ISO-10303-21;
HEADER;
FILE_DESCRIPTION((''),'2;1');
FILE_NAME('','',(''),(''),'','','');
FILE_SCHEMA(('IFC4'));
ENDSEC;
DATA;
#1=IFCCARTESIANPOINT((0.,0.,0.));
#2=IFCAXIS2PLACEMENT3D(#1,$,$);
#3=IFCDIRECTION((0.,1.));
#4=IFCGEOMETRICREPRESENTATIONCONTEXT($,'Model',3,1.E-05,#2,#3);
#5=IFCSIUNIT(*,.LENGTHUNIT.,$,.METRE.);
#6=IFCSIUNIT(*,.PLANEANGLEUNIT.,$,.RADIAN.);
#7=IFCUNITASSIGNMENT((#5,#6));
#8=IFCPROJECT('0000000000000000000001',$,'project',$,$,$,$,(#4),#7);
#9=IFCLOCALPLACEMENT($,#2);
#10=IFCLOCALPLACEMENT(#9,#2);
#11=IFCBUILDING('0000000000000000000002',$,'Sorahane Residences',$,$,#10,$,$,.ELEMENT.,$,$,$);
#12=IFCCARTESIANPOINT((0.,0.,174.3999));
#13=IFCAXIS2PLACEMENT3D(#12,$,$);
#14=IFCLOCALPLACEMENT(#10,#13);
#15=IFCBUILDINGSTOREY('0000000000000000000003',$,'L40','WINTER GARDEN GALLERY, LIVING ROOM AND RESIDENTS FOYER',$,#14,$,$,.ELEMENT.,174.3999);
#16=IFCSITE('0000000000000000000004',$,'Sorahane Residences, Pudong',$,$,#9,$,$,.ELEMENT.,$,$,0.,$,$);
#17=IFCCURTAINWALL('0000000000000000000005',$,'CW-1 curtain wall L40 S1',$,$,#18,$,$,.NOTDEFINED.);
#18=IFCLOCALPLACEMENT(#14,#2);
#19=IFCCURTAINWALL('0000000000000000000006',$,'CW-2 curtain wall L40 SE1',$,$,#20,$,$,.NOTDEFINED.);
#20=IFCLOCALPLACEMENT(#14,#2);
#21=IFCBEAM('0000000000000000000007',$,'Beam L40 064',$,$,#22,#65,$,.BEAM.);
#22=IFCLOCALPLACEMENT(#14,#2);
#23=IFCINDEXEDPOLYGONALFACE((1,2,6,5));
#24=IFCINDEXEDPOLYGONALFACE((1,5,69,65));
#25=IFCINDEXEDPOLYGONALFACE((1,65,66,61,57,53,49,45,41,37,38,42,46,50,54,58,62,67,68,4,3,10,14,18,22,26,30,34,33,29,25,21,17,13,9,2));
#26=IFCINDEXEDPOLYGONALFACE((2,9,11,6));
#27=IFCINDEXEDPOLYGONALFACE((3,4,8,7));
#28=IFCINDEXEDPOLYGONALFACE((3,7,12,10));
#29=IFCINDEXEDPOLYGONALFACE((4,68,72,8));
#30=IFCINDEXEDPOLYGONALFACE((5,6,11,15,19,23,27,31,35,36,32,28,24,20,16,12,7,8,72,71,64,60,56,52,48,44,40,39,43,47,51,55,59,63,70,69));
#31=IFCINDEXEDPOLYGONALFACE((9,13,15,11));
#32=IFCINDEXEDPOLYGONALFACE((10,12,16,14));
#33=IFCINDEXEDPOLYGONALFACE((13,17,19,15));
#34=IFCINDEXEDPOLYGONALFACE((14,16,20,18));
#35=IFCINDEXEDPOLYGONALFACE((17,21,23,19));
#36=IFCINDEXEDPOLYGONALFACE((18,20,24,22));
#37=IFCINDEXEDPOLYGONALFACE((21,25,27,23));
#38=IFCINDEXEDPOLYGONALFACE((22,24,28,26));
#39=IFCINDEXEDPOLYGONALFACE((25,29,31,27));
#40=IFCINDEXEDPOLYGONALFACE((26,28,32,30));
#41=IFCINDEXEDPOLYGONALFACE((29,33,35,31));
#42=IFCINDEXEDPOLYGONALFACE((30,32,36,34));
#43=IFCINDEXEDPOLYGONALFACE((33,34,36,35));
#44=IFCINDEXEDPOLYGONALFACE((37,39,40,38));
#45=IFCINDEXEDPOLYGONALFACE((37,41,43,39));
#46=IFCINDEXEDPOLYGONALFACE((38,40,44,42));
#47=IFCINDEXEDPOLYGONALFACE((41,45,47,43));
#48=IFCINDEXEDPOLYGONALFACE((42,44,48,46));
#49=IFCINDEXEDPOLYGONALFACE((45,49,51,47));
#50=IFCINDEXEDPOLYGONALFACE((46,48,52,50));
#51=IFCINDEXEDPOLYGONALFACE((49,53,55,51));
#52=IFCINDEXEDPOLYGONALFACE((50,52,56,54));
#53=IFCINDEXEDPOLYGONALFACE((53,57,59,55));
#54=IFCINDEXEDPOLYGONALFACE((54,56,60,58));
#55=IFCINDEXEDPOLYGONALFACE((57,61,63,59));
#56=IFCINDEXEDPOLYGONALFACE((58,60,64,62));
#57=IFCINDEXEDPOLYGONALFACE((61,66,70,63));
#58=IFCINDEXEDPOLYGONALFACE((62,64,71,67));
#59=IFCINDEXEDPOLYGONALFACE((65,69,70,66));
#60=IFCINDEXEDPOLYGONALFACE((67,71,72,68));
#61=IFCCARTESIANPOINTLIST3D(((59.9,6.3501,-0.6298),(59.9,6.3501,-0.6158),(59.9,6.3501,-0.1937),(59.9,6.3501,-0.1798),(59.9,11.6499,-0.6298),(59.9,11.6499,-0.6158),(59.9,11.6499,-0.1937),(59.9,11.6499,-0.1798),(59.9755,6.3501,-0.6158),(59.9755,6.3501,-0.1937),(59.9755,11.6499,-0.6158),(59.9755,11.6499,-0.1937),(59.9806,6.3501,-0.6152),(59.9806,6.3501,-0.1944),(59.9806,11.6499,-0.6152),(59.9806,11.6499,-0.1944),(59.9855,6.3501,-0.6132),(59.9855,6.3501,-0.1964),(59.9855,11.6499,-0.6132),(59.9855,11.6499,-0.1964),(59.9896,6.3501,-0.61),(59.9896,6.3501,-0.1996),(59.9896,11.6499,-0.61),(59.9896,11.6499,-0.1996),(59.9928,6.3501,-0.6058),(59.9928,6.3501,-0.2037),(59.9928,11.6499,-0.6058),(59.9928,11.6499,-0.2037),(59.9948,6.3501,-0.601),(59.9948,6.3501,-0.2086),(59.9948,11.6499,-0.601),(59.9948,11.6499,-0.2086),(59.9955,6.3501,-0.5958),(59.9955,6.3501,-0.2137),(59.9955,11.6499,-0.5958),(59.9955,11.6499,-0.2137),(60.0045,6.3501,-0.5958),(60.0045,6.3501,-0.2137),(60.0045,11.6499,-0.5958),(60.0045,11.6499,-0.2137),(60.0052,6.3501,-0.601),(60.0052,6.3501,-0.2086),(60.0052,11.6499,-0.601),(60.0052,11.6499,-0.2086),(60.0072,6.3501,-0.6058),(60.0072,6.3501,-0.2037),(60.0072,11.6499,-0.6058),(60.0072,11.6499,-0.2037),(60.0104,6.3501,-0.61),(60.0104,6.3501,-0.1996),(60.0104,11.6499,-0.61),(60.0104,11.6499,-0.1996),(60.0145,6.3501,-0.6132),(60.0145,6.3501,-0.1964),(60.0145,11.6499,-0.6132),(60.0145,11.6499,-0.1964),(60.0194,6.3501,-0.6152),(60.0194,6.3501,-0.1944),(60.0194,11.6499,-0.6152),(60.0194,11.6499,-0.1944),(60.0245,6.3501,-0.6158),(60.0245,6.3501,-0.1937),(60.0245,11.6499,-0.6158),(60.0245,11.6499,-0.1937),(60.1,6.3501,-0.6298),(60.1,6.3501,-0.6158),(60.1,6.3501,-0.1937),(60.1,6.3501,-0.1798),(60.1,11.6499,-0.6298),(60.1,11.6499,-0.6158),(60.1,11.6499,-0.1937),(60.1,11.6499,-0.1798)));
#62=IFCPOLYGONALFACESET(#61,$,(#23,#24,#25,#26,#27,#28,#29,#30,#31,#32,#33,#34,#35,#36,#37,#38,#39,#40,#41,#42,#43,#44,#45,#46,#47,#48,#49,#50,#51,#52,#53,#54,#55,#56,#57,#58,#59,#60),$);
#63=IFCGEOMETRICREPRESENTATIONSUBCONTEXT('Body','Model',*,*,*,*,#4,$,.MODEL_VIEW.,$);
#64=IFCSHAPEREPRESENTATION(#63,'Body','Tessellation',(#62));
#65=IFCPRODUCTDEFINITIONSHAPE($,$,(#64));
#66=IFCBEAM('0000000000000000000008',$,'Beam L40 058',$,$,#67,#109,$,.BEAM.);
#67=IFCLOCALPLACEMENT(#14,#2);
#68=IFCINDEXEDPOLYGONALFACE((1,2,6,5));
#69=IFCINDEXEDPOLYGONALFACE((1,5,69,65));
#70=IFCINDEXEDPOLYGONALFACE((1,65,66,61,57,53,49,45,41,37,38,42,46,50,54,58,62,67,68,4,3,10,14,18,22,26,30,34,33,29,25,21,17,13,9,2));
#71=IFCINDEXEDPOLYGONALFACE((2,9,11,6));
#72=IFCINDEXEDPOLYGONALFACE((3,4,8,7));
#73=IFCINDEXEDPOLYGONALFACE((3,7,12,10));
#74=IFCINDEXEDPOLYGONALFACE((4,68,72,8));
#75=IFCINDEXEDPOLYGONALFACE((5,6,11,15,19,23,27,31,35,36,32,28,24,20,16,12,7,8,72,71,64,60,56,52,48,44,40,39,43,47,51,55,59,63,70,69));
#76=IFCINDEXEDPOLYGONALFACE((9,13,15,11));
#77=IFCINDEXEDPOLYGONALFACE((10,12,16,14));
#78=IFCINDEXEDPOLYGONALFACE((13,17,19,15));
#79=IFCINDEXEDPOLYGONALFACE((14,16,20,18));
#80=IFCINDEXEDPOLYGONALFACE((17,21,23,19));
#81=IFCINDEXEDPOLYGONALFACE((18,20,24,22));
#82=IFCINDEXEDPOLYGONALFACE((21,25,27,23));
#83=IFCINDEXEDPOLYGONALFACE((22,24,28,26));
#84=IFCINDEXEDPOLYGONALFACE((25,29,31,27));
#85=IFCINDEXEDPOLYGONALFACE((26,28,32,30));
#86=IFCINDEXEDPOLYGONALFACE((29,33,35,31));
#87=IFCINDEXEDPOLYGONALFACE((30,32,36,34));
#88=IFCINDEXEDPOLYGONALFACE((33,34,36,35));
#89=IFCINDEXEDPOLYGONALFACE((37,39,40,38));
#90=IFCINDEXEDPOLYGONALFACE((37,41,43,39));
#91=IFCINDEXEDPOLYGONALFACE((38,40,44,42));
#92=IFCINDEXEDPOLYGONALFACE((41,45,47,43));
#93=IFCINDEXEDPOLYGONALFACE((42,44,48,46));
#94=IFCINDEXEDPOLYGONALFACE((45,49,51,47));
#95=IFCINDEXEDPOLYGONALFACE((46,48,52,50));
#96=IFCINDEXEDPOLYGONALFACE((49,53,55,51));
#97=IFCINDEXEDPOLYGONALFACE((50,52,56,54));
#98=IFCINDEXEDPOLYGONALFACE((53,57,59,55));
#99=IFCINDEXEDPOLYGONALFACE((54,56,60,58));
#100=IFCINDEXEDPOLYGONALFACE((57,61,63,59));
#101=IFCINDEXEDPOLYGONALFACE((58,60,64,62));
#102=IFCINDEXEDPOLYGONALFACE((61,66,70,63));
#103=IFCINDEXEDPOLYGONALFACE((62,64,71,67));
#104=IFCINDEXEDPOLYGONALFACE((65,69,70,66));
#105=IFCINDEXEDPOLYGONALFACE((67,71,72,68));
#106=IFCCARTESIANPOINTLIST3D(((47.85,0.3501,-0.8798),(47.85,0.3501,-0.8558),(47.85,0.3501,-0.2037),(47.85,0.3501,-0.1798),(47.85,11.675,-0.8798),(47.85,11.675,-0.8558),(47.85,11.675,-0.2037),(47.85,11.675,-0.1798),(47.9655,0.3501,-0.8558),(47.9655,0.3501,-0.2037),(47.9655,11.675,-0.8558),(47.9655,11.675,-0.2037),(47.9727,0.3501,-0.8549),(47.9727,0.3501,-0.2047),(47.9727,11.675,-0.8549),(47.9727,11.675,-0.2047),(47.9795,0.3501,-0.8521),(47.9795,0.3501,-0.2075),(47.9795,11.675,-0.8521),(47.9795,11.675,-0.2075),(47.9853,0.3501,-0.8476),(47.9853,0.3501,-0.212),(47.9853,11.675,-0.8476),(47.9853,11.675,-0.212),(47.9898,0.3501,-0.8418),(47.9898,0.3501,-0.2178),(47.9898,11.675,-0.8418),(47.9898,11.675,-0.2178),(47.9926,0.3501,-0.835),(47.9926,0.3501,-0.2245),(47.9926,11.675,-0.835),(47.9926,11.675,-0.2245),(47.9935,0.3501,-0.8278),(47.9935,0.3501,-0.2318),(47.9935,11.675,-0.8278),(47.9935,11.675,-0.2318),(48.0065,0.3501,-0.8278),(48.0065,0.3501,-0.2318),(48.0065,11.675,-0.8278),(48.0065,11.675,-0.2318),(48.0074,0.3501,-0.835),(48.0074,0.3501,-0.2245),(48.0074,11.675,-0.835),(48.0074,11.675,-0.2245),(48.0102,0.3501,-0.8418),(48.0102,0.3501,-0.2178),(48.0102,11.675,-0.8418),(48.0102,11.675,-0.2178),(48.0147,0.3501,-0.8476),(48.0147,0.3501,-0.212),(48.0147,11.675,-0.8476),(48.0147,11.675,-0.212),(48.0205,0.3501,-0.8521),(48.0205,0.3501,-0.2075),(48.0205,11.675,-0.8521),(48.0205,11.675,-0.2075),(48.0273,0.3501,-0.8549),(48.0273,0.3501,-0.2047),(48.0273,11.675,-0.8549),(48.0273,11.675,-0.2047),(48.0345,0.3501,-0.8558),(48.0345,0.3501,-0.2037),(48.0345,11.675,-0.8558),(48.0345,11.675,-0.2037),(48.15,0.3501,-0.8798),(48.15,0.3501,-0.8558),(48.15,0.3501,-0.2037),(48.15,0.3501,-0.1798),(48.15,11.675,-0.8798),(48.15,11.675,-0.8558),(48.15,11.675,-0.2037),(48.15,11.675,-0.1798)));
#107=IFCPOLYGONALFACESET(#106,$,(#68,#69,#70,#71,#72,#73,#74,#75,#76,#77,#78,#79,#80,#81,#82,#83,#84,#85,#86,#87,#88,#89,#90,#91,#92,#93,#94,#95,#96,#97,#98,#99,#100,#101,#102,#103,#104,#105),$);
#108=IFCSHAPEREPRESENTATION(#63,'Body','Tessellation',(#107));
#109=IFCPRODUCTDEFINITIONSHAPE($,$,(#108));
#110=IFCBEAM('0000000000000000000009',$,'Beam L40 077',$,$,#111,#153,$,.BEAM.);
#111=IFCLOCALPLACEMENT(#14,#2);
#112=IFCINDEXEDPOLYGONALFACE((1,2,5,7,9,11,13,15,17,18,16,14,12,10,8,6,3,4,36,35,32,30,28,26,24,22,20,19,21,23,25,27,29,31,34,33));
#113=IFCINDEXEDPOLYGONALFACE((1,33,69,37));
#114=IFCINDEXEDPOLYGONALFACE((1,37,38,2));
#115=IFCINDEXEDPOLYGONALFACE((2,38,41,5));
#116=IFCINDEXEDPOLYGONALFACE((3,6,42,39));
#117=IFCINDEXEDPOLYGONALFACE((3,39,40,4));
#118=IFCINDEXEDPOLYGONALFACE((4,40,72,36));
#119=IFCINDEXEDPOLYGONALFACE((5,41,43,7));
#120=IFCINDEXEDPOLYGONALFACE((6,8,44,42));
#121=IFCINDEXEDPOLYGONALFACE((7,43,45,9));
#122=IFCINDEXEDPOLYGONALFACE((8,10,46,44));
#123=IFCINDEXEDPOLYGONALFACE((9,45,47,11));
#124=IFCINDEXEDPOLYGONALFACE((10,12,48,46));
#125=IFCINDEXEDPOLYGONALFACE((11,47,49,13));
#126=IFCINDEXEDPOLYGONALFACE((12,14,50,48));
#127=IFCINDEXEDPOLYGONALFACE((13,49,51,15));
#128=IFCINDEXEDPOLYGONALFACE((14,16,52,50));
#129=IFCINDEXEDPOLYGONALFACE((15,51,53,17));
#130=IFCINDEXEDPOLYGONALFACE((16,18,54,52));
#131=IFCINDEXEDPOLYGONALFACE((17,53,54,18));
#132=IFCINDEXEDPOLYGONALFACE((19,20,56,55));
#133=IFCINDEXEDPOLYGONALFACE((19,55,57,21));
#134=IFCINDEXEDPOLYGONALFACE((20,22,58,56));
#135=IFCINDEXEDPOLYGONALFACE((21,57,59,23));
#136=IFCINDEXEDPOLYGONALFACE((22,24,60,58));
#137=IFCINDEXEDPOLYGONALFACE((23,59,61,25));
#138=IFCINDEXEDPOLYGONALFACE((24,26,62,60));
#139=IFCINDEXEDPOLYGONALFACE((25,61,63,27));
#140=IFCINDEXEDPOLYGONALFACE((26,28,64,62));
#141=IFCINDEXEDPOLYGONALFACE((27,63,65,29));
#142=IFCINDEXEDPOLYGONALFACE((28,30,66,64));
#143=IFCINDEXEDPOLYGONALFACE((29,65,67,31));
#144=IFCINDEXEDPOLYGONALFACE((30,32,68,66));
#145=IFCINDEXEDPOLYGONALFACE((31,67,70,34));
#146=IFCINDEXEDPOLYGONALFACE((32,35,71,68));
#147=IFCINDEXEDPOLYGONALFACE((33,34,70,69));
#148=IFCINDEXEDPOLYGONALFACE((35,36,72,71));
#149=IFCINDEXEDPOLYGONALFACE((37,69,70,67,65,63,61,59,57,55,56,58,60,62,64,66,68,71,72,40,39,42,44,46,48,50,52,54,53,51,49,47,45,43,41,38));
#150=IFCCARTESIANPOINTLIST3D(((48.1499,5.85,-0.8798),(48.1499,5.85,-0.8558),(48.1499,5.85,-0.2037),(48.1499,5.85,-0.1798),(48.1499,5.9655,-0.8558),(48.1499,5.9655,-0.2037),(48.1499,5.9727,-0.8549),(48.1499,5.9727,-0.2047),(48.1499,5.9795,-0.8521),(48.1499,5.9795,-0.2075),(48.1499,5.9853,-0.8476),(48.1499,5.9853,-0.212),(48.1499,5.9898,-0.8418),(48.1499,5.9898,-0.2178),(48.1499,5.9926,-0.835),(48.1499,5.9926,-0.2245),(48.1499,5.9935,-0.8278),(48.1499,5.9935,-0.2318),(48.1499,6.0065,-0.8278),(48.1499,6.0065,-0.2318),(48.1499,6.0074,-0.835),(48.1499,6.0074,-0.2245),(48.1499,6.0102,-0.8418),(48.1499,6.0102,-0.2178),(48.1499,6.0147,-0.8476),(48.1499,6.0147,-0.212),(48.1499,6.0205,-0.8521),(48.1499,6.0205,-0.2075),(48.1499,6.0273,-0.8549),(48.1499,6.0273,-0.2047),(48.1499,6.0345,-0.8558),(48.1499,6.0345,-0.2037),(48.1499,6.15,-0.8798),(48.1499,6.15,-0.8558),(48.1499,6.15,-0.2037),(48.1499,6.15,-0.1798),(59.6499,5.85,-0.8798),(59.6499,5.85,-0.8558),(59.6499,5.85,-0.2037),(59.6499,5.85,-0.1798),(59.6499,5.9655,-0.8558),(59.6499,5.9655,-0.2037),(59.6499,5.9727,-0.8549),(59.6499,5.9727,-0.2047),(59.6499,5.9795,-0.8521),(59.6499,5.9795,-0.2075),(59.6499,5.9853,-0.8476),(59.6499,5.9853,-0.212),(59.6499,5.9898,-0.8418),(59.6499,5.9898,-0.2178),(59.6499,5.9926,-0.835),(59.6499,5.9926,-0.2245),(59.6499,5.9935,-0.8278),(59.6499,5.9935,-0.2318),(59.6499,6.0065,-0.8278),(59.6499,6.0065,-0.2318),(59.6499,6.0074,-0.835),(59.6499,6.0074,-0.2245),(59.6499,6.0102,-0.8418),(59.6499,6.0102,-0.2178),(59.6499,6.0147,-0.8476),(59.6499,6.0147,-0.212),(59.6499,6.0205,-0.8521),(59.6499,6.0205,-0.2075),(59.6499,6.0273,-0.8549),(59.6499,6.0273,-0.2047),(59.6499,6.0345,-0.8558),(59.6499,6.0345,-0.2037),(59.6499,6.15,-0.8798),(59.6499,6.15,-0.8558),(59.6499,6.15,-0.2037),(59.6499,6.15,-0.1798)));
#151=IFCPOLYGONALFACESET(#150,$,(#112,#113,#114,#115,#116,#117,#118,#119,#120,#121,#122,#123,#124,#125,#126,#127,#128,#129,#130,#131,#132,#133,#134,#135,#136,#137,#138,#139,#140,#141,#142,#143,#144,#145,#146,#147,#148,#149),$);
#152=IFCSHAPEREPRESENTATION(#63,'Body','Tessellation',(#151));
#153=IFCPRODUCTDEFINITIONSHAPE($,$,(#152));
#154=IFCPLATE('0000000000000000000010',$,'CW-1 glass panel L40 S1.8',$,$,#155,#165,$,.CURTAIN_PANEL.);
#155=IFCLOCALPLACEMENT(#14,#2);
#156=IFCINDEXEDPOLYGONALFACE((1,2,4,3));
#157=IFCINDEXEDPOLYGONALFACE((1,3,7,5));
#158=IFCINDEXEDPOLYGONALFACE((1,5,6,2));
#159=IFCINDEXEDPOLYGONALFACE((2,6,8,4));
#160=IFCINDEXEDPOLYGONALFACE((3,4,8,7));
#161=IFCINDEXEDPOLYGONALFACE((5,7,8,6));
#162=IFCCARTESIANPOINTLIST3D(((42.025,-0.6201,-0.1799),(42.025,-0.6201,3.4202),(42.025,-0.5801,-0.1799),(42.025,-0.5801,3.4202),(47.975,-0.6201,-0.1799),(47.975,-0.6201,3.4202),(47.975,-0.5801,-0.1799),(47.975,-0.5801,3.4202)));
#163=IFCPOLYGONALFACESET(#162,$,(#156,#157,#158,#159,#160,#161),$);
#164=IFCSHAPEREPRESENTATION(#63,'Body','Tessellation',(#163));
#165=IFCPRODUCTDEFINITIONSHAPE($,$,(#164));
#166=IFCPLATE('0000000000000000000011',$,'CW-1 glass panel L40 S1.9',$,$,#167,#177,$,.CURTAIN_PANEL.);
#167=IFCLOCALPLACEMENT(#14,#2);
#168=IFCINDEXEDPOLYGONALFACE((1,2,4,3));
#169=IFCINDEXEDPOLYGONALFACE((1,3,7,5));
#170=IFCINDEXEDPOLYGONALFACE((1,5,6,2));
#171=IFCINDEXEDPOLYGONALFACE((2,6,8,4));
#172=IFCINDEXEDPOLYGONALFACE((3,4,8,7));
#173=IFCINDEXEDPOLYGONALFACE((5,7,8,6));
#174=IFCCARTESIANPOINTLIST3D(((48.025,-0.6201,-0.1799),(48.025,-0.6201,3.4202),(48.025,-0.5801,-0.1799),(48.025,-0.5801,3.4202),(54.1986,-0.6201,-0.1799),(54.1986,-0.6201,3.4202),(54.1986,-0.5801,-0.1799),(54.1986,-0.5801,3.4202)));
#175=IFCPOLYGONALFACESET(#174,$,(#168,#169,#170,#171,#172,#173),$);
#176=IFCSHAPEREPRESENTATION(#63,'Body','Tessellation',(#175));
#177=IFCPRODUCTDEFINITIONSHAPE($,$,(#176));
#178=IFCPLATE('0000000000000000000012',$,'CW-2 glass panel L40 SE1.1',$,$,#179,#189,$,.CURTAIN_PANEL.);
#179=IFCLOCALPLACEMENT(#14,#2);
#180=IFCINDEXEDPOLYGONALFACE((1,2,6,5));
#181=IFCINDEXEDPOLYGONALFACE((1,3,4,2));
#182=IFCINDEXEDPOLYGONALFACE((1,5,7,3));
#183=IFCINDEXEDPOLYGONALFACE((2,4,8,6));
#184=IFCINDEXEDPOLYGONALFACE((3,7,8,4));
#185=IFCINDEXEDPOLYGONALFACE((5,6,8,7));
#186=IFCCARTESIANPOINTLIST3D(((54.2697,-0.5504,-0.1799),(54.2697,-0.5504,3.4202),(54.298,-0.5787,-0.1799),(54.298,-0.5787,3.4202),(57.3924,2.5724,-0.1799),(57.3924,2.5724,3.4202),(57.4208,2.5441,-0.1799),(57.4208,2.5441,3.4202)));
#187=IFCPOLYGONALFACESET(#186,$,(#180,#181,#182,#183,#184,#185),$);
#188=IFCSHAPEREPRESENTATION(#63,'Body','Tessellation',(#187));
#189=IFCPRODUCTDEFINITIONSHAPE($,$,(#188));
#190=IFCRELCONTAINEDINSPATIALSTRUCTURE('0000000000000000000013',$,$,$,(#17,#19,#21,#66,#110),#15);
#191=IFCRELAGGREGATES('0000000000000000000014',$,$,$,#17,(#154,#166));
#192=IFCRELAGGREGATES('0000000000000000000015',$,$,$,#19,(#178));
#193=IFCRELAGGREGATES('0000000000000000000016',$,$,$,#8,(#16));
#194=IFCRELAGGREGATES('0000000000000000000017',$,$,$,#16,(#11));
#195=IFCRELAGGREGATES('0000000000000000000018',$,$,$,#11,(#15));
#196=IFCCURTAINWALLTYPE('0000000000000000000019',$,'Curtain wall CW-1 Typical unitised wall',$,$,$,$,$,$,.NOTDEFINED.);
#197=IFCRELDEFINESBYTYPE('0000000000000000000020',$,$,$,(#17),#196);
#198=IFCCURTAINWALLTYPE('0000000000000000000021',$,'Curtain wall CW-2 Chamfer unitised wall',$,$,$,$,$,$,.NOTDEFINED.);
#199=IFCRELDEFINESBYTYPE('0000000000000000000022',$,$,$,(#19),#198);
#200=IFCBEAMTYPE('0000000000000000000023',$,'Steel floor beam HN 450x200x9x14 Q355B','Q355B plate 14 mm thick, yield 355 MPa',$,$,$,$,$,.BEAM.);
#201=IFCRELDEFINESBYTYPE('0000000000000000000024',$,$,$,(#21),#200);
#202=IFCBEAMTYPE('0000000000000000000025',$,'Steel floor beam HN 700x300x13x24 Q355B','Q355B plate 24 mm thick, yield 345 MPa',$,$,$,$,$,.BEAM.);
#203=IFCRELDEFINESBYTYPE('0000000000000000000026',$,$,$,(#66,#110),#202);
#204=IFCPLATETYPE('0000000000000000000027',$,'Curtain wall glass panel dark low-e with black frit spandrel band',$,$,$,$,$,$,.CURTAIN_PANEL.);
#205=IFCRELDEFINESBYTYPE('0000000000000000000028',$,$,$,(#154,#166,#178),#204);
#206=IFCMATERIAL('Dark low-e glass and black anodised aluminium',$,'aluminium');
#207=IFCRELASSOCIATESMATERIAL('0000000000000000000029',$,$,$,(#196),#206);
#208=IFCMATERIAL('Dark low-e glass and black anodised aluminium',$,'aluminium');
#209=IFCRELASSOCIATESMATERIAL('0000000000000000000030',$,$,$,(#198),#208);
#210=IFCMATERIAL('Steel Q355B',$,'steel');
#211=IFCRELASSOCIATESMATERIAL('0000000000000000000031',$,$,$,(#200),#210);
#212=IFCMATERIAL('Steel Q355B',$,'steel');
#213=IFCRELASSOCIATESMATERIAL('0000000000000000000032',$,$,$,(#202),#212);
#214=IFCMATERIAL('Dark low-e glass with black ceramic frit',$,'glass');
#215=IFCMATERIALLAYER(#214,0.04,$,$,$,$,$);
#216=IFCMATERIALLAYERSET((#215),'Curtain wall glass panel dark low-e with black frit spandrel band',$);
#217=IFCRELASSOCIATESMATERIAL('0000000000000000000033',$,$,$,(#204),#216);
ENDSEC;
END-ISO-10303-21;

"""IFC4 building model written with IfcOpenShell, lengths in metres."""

from ifc_helpers import new_model, si_unit, direction, frame, origin, origin_2d, place, context, subcontext, project, spatial, rectangle, i_section, extrude, material, layer, layer_set, material_profile, profile_set, type_object, element, aggregate, save


model = new_model("IFC4")

# Units and contexts
model_context = context("Model", 3, precision=1e-05, world=origin(), true_north=direction((0.0, 1.0)))
body_context = subcontext(model_context, "Body", "Model", "MODEL_VIEW")
ifc_project = project(units=[si_unit("LENGTHUNIT", "METRE"), si_unit("PLANEANGLEUNIT", "RADIAN")], contexts=[model_context])

# Site, building, storey
site_placement = place(None, origin())
site = spatial("IfcSite", under=ifc_project, at=site_placement, Name="Sorahane Residences, Pudong", CompositionType="ELEMENT", RefElevation=0.0)
building_placement = place(site_placement, origin())
building = spatial("IfcBuilding", under=site, at=building_placement, Name="Sorahane Residences", CompositionType="ELEMENT")
storey_placement = place(building_placement, frame((0.0, 0.0, 174.3999)))
storey = spatial("IfcBuildingStorey", under=building, at=storey_placement, Name="L40", Description="WINTER GARDEN GALLERY, LIVING ROOM AND RESIDENTS FOYER", CompositionType="ELEMENT", Elevation=174.3999)

# Curtain walls
ifc_material_1 = material(Name="Dark low-e glass and black anodised aluminium", Category="aluminium")
curtain_wall_type_1 = type_object("IfcCurtainWallType", Name="Curtain wall CW-1 Typical unitised wall", PredefinedType="NOTDEFINED", material=ifc_material_1)
curtain_wall_1_placement = place(storey_placement, origin())
curtain_wall_1 = element("IfcCurtainWall", 1, at=curtain_wall_1_placement, inside=storey, type_object=curtain_wall_type_1, Name="CW-1 curtain wall L40 S1", PredefinedType="NOTDEFINED")
ifc_material_2 = material(Name="Dark low-e glass and black anodised aluminium", Category="aluminium")
curtain_wall_type_2 = type_object("IfcCurtainWallType", Name="Curtain wall CW-2 Chamfer unitised wall", PredefinedType="NOTDEFINED", material=ifc_material_2)
curtain_wall_2_placement = place(storey_placement, origin())
curtain_wall_2 = element("IfcCurtainWall", 2, at=curtain_wall_2_placement, inside=storey, type_object=curtain_wall_type_2, Name="CW-2 curtain wall L40 SE1", PredefinedType="NOTDEFINED")

# Beams
ifc_material_3 = material(Name="Steel Q355B", Category="steel")
ifc_material_profile_1 = material_profile(ifc_material_3, i_section(OverallWidth=0.2, OverallDepth=0.45, WebThickness=0.009, FlangeThickness=0.0139, FilletRadius=0.02, at=origin_2d()), Name="HN 450x200x9x14")
ifc_profile_set_1 = profile_set([ifc_material_profile_1], Name="Steel Q355B")
beam_type_1 = type_object("IfcBeamType", Name="Steel floor beam HN 450x200x9x14 Q355B", Description="Q355B plate 14 mm thick, yield 355 MPa", PredefinedType="BEAM", material=ifc_profile_set_1)
for number, where, z_axis, x_axis, name in (
    (3, (60.0, 6.3501, -0.4048), (0.0, 1.0, 0.0), (-1.0, 0.0, 0.0), "Beam L40 064"),
):
    element("IfcBeam", number, at=place(storey_placement, frame(where, z_axis=z_axis, x_axis=x_axis)), inside=storey, type_object=beam_type_1, Name=name, PredefinedType="BEAM", context=body_context, shape_type="SweptSolid", body=[
        extrude(i_section(OverallWidth=0.2, OverallDepth=0.45, WebThickness=0.009, FlangeThickness=0.0139, FilletRadius=0.02, at=origin_2d()), origin(), (0.0, 0.0, 1.0), 5.2998),
    ])
ifc_material_4 = material(Name="Steel Q355B", Category="steel")
ifc_material_profile_2 = material_profile(ifc_material_4, i_section(OverallWidth=0.3, OverallDepth=0.7, WebThickness=0.0129, FlangeThickness=0.0239, FilletRadius=0.0281, at=origin_2d()), Name="HN 700x300x13x24")
ifc_profile_set_2 = profile_set([ifc_material_profile_2], Name="Steel Q355B")
beam_type_2 = type_object("IfcBeamType", Name="Steel floor beam HN 700x300x13x24 Q355B", Description="Q355B plate 24 mm thick, yield 345 MPa", PredefinedType="BEAM", material=ifc_profile_set_2)
beam_1_placement = place(storey_placement, frame((48.0, 0.3501, -0.5298), z_axis=(0.0, 1.0, 0.0), x_axis=(-1.0, 0.0, 0.0)))
element("IfcBeam", 4, at=beam_1_placement, inside=storey, type_object=beam_type_2, Name="Beam L40 058", PredefinedType="BEAM", context=body_context, shape_type="SweptSolid", body=[
    extrude(i_section(OverallWidth=0.3, OverallDepth=0.7, WebThickness=0.0129, FlangeThickness=0.0239, FilletRadius=0.0281, at=origin_2d()), origin(), (0.0, 0.0, 1.0), 11.325),
])
beam_2_placement = place(storey_placement, frame((48.1499, 6.0, -0.5298), z_axis=(1.0, 0.0, 0.0), x_axis=(0.0, 1.0, 0.0)))
element("IfcBeam", 5, at=beam_2_placement, inside=storey, type_object=beam_type_2, Name="Beam L40 077", PredefinedType="BEAM", context=body_context, shape_type="SweptSolid", body=[
    extrude(i_section(OverallWidth=0.3, OverallDepth=0.7, WebThickness=0.0129, FlangeThickness=0.0239, FilletRadius=0.0281, at=origin_2d()), origin(), (0.0, 0.0, 1.0), 11.5),
])

# Plates
ifc_material_5 = material(Name="Dark low-e glass with black ceramic frit", Category="glass")
ifc_layer_1 = layer(ifc_material_5, 0.04)
ifc_layer_set_1 = layer_set([ifc_layer_1], Name="Curtain wall glass panel dark low-e with black frit spandrel band")
plate_type = type_object("IfcPlateType", Name="Curtain wall glass panel dark low-e with black frit spandrel band", PredefinedType="CURTAIN_PANEL", material=ifc_layer_set_1)
plate_1_placement = place(storey_placement, frame((45.0, -0.6001, -0.1799), z_axis=(0.0, 0.0, 1.0), x_axis=(1.0, 0.0, 0.0)))
plate_1 = element("IfcPlate", 6, at=plate_1_placement, type_object=plate_type, Name="CW-1 glass panel L40 S1.8", PredefinedType="CURTAIN_PANEL", context=body_context, shape_type="SweptSolid", body=[
    extrude(rectangle(XDim=5.95, YDim=0.04, at=origin_2d()), origin(), (0.0, 0.0, 1.0), 3.6001),
])
plate_2_placement = place(storey_placement, frame((51.1118, -0.6001, -0.1799), z_axis=(0.0, 0.0, 1.0), x_axis=(1.0, 0.0, 0.0)))
plate_2 = element("IfcPlate", 7, at=plate_2_placement, type_object=plate_type, Name="CW-1 glass panel L40 S1.9", PredefinedType="CURTAIN_PANEL", context=body_context, shape_type="SweptSolid", body=[
    extrude(rectangle(XDim=6.1736, YDim=0.04, at=origin_2d()), origin(), (0.0, 0.0, 1.0), 3.6001),
])
aggregate(curtain_wall_1, [plate_1, plate_2])
plate_3_placement = place(storey_placement, frame((55.8452, 0.9968, -0.1799), z_axis=(0.0, 0.0, 1.0), x_axis=(0.707107, 0.707107, 0.0)))
plate_3 = element("IfcPlate", 8, at=plate_3_placement, type_object=plate_type, Name="CW-2 glass panel L40 SE1.1", PredefinedType="CURTAIN_PANEL", context=body_context, shape_type="SweptSolid", body=[
    extrude(rectangle(XDim=4.4163, YDim=0.04, at=origin_2d()), origin(), (0.0, 0.0, 1.0), 3.6001),
])
aggregate(curtain_wall_2, [plate_3])

save(model, "model.ifc")
